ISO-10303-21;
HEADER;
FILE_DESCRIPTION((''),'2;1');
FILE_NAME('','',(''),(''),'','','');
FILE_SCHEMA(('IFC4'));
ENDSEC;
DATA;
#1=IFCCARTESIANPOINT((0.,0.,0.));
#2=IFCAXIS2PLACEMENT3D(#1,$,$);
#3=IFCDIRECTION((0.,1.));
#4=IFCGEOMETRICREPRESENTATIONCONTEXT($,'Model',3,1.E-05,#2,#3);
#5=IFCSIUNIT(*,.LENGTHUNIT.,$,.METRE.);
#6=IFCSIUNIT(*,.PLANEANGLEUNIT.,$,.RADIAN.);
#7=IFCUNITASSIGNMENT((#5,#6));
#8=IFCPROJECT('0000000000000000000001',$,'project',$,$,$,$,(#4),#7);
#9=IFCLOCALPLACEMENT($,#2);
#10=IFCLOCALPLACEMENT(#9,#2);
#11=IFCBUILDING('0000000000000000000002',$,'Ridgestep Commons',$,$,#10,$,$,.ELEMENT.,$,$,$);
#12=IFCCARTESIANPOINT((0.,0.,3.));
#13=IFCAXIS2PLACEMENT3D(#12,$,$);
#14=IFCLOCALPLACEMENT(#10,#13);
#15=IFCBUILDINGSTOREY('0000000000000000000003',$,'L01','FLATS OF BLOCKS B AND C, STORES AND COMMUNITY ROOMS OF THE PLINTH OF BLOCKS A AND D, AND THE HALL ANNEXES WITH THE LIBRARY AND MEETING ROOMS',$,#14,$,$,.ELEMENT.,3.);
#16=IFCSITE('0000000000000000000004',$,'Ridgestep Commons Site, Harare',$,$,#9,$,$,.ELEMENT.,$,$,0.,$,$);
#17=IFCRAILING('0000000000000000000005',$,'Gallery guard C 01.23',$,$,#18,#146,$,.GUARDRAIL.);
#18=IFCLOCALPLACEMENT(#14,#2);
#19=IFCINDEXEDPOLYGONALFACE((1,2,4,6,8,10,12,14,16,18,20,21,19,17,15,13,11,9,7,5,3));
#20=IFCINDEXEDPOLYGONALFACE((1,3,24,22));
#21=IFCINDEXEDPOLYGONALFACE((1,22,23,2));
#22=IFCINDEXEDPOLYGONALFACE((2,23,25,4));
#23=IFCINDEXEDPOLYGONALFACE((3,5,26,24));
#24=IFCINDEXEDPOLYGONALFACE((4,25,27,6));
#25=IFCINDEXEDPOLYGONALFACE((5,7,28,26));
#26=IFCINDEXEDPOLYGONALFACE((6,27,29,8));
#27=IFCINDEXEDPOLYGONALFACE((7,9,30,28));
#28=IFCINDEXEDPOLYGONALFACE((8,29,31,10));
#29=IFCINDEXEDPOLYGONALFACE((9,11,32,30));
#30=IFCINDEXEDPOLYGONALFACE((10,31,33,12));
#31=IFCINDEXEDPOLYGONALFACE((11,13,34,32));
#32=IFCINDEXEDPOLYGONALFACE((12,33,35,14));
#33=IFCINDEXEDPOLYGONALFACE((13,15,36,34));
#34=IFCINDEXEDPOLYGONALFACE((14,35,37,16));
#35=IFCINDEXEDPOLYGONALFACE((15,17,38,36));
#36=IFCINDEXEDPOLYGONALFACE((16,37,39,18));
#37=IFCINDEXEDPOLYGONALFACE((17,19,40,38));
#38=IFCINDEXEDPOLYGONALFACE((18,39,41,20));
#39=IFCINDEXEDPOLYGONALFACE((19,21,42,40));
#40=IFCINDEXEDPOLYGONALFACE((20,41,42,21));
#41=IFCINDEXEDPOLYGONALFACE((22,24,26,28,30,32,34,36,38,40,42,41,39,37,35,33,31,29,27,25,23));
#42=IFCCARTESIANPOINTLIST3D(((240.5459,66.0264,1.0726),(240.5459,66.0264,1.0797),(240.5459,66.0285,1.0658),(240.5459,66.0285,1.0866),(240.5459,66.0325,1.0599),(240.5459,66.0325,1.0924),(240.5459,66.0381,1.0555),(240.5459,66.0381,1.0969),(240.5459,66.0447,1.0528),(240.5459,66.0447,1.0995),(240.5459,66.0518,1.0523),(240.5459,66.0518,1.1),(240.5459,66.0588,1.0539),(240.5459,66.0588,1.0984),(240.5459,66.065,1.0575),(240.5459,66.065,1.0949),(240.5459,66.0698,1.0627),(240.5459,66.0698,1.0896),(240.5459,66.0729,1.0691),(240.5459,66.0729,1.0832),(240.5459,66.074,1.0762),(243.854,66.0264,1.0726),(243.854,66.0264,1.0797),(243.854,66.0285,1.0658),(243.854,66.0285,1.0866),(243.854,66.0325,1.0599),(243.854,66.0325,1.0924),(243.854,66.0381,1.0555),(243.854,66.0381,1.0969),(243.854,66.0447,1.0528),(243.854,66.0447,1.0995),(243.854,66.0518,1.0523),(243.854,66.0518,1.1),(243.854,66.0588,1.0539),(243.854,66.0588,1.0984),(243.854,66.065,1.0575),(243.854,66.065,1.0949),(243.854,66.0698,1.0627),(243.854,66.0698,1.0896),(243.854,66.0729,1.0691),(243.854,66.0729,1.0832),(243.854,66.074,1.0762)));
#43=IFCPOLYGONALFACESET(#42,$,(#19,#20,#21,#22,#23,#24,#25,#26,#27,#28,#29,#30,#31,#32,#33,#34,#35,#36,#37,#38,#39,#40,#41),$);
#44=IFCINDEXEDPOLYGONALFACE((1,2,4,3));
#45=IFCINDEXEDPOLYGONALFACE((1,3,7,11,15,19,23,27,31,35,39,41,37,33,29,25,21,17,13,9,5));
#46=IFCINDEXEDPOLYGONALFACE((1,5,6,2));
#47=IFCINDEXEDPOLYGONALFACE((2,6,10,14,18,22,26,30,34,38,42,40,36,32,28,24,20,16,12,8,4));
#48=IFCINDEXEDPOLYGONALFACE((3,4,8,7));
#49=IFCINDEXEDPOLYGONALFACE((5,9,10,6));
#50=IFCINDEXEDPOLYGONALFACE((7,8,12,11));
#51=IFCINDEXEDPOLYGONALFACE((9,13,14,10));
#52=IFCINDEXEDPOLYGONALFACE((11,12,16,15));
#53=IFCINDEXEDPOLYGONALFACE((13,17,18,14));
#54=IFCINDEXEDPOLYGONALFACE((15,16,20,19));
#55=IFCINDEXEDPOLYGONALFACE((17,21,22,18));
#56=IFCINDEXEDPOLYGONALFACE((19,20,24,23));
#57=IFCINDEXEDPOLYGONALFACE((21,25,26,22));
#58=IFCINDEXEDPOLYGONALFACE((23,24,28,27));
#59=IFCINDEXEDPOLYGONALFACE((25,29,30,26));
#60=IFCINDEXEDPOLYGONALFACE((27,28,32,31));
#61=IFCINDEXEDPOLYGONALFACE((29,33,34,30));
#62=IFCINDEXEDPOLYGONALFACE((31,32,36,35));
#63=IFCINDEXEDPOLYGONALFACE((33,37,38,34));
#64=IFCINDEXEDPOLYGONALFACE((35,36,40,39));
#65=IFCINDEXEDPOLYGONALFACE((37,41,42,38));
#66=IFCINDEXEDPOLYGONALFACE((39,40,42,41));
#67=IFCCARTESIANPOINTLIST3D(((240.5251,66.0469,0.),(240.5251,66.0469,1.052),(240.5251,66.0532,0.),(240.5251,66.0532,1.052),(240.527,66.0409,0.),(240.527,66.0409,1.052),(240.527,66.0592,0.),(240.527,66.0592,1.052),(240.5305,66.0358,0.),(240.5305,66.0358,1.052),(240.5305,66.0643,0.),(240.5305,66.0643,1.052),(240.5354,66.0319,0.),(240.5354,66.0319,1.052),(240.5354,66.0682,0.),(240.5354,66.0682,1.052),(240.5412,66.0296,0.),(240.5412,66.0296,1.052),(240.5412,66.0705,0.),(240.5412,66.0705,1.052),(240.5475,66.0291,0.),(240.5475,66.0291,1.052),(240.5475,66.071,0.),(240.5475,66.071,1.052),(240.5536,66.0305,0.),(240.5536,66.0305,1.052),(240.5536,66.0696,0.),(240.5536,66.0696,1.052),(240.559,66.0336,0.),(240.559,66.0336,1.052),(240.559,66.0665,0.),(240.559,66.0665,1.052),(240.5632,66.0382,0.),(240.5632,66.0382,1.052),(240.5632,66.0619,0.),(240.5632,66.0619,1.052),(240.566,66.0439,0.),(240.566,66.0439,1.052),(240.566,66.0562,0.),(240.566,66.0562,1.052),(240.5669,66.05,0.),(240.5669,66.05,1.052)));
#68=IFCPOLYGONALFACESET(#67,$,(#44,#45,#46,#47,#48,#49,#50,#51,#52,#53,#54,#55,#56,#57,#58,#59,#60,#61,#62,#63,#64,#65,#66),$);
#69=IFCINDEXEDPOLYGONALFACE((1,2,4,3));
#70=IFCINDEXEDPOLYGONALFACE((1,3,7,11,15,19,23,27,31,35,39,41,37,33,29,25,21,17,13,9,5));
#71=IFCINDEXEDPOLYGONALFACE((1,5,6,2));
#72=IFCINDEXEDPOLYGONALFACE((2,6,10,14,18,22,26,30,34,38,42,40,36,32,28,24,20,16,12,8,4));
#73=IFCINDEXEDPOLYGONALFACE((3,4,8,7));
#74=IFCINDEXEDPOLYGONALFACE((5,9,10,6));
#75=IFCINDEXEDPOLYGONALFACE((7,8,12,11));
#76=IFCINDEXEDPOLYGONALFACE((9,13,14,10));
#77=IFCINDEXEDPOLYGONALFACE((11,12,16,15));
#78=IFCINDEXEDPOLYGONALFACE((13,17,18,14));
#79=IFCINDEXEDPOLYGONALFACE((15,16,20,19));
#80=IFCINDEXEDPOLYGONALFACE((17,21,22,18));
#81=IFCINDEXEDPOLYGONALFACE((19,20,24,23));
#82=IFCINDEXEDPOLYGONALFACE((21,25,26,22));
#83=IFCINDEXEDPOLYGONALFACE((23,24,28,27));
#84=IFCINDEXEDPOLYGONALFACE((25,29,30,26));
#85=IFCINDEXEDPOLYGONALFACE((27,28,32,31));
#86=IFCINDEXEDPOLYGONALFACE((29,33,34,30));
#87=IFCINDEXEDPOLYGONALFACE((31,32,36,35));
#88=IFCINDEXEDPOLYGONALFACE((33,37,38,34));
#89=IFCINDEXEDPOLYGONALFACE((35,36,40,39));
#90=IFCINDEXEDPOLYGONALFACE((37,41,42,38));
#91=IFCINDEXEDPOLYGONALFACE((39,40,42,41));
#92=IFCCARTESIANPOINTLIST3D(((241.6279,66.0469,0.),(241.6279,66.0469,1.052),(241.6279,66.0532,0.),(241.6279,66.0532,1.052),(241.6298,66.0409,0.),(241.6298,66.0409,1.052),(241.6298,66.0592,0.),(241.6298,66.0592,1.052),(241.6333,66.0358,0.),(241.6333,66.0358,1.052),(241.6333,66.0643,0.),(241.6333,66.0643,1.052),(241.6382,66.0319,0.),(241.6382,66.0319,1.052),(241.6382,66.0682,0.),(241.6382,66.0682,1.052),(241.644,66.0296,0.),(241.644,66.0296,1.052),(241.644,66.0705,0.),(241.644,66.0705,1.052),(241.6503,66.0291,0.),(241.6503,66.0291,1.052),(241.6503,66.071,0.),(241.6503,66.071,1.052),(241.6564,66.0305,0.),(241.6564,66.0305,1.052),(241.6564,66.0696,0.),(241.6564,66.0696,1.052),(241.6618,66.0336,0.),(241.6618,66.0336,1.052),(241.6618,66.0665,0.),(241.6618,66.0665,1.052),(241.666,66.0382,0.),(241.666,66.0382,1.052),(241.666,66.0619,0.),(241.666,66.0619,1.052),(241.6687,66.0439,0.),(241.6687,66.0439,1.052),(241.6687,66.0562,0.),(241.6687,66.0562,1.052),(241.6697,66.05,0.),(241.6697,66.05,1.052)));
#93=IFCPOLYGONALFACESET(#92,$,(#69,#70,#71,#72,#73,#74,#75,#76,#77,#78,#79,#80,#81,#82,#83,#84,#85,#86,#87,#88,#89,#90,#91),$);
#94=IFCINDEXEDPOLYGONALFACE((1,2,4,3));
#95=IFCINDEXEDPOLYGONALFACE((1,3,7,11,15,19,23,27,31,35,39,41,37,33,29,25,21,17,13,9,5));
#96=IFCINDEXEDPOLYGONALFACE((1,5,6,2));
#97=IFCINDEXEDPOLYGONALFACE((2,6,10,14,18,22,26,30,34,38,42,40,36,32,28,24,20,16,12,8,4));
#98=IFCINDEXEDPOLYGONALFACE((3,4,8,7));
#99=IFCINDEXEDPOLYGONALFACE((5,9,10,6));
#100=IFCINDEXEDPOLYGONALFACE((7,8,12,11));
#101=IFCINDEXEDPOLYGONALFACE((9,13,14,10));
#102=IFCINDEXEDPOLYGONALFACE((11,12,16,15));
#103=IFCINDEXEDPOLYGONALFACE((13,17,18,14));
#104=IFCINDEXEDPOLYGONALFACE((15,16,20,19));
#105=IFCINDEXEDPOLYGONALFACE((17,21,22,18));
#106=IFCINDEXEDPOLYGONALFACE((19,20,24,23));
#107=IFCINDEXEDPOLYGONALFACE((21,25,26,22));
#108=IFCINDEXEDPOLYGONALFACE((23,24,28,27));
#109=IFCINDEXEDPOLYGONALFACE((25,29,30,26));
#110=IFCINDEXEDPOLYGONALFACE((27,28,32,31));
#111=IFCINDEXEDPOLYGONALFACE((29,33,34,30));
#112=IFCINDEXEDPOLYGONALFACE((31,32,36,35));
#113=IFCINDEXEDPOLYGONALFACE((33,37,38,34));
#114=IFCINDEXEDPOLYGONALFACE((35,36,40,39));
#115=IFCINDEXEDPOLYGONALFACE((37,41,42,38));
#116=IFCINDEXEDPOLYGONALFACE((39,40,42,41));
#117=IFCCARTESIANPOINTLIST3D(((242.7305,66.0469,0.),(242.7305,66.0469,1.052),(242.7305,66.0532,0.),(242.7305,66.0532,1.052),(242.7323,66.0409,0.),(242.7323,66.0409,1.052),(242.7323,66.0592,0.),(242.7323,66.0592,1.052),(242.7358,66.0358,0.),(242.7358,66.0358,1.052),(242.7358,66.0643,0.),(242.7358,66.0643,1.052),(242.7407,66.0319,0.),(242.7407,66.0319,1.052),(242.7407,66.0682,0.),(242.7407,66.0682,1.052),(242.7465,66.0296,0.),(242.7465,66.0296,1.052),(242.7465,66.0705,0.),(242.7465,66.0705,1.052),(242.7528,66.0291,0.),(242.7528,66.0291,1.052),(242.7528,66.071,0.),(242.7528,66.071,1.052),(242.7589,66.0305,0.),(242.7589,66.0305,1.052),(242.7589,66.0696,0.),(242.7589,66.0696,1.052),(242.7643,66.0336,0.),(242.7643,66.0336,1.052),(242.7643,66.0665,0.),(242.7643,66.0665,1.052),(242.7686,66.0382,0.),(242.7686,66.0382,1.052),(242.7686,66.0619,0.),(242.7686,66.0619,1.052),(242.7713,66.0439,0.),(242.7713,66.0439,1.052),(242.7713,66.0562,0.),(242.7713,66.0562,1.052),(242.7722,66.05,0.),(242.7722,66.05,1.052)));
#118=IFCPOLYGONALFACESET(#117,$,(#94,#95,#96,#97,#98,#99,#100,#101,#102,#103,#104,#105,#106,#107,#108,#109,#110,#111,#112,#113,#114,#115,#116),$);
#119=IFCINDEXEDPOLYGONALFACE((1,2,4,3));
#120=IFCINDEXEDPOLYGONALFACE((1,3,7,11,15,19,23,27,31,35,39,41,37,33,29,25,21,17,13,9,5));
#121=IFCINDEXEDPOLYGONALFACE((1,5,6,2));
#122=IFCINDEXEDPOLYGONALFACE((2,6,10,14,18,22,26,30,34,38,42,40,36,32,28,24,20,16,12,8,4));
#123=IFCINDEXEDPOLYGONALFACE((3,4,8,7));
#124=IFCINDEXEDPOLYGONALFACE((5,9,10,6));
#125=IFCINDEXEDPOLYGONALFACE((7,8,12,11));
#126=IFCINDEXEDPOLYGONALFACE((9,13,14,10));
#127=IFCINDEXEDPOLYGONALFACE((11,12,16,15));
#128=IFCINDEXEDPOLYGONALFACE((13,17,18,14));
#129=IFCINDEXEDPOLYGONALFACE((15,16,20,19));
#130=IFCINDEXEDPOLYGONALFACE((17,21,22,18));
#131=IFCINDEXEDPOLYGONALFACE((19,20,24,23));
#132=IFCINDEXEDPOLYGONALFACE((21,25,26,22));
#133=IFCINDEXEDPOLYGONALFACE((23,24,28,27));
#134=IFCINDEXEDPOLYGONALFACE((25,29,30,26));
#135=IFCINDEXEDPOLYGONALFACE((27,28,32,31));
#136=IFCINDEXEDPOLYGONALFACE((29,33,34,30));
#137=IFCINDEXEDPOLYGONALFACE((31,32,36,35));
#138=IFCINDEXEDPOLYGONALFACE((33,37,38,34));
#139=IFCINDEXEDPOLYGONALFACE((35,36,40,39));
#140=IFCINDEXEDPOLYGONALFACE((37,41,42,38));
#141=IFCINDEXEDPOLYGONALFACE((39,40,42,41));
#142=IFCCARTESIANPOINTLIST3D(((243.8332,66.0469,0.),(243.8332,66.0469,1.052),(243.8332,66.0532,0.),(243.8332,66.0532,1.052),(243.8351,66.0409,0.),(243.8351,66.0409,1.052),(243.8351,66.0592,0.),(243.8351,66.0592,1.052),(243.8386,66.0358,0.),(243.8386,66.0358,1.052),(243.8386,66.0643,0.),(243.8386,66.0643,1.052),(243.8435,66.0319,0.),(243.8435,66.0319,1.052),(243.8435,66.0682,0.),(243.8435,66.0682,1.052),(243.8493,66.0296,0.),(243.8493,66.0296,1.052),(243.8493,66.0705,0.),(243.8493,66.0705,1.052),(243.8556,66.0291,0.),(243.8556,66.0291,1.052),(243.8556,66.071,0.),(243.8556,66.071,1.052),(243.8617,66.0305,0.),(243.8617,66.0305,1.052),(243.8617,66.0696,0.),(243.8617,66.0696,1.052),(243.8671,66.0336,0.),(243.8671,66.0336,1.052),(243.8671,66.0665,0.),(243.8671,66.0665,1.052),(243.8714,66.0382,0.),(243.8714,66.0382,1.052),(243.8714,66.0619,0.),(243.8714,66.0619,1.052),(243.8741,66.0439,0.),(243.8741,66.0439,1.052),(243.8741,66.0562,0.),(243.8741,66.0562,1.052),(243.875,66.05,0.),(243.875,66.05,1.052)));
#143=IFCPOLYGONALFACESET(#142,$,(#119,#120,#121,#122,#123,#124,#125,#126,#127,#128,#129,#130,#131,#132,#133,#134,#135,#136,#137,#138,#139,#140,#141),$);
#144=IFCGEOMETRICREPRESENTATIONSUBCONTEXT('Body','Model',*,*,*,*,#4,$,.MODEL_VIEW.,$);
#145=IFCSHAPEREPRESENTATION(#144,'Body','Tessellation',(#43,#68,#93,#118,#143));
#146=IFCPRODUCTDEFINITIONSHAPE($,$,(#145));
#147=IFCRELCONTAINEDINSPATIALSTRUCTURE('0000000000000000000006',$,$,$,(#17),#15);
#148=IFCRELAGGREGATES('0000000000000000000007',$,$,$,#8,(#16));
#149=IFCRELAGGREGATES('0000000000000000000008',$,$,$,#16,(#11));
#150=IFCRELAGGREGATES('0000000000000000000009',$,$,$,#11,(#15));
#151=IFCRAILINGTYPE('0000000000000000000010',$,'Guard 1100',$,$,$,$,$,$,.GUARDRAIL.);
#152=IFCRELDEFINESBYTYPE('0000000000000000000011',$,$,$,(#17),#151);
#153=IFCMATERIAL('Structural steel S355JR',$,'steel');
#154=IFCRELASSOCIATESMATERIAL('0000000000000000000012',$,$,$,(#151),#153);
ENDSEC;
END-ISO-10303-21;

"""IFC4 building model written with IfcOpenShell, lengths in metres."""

from ifc_helpers import new_model, si_unit, direction, frame, origin, origin_2d, place, context, subcontext, project, spatial, circle, extrude, material, type_object, element, save


model = new_model("IFC4")

# Units and contexts
model_context = context("Model", 3, precision=1e-05, world=origin(), true_north=direction((0.0, 1.0)))
body_context = subcontext(model_context, "Body", "Model", "MODEL_VIEW")
ifc_project = project(units=[si_unit("LENGTHUNIT", "METRE"), si_unit("PLANEANGLEUNIT", "RADIAN")], contexts=[model_context])

# Site, building, storey
site_placement = place(None, origin())
site = spatial("IfcSite", under=ifc_project, at=site_placement, Name="Ridgestep Commons Site, Harare", CompositionType="ELEMENT", RefElevation=0.0)
building_placement = place(site_placement, origin())
building = spatial("IfcBuilding", under=site, at=building_placement, Name="Ridgestep Commons", CompositionType="ELEMENT")
storey_placement = place(building_placement, frame((0.0, 0.0, 3.0)))
storey = spatial("IfcBuildingStorey", under=building, at=storey_placement, Name="L01", Description="FLATS OF BLOCKS B AND C, STORES AND COMMUNITY ROOMS OF THE PLINTH OF BLOCKS A AND D, AND THE HALL ANNEXES WITH THE LIBRARY AND MEETING ROOMS", CompositionType="ELEMENT", Elevation=3.0)

# Railing
ifc_material_1 = material(Name="Structural steel S355JR", Category="steel")
railing_type = type_object("IfcRailingType", Name="Guard 1100", PredefinedType="GUARDRAIL", material=ifc_material_1)
railing_1_placement = place(storey_placement, frame((240.5459, 66.05, 0.0)))
element("IfcRailing", 1, at=railing_1_placement, inside=storey, type_object=railing_type, Name="Gallery guard C 01.23", PredefinedType="GUARDRAIL", context=body_context, shape_type="SweptSolid", body=[
    extrude(circle(Radius=0.0239, at=origin_2d()), frame((0.0, 0.0, 1.0762), z_axis=(1.0, 0.0, 0.0), x_axis=(0.0, 1.0, 0.0)), (0.0, 0.0, 1.0), 3.3081),
    extrude(circle(Radius=0.021, at=origin_2d()), origin(), (0.0, 0.0, 1.0), 1.052),
    extrude(circle(Radius=0.021, at=origin_2d()), frame((1.1028, 0.0, 0.0)), (0.0, 0.0, 1.0), 1.052),
    extrude(circle(Radius=0.021, at=origin_2d()), frame((2.2053, 0.0, 0.0)), (0.0, 0.0, 1.0), 1.052),
    extrude(circle(Radius=0.021, at=origin_2d()), frame((3.3081, 0.0, 0.0)), (0.0, 0.0, 1.0), 1.052),
])

save(model, "model.ifc")
